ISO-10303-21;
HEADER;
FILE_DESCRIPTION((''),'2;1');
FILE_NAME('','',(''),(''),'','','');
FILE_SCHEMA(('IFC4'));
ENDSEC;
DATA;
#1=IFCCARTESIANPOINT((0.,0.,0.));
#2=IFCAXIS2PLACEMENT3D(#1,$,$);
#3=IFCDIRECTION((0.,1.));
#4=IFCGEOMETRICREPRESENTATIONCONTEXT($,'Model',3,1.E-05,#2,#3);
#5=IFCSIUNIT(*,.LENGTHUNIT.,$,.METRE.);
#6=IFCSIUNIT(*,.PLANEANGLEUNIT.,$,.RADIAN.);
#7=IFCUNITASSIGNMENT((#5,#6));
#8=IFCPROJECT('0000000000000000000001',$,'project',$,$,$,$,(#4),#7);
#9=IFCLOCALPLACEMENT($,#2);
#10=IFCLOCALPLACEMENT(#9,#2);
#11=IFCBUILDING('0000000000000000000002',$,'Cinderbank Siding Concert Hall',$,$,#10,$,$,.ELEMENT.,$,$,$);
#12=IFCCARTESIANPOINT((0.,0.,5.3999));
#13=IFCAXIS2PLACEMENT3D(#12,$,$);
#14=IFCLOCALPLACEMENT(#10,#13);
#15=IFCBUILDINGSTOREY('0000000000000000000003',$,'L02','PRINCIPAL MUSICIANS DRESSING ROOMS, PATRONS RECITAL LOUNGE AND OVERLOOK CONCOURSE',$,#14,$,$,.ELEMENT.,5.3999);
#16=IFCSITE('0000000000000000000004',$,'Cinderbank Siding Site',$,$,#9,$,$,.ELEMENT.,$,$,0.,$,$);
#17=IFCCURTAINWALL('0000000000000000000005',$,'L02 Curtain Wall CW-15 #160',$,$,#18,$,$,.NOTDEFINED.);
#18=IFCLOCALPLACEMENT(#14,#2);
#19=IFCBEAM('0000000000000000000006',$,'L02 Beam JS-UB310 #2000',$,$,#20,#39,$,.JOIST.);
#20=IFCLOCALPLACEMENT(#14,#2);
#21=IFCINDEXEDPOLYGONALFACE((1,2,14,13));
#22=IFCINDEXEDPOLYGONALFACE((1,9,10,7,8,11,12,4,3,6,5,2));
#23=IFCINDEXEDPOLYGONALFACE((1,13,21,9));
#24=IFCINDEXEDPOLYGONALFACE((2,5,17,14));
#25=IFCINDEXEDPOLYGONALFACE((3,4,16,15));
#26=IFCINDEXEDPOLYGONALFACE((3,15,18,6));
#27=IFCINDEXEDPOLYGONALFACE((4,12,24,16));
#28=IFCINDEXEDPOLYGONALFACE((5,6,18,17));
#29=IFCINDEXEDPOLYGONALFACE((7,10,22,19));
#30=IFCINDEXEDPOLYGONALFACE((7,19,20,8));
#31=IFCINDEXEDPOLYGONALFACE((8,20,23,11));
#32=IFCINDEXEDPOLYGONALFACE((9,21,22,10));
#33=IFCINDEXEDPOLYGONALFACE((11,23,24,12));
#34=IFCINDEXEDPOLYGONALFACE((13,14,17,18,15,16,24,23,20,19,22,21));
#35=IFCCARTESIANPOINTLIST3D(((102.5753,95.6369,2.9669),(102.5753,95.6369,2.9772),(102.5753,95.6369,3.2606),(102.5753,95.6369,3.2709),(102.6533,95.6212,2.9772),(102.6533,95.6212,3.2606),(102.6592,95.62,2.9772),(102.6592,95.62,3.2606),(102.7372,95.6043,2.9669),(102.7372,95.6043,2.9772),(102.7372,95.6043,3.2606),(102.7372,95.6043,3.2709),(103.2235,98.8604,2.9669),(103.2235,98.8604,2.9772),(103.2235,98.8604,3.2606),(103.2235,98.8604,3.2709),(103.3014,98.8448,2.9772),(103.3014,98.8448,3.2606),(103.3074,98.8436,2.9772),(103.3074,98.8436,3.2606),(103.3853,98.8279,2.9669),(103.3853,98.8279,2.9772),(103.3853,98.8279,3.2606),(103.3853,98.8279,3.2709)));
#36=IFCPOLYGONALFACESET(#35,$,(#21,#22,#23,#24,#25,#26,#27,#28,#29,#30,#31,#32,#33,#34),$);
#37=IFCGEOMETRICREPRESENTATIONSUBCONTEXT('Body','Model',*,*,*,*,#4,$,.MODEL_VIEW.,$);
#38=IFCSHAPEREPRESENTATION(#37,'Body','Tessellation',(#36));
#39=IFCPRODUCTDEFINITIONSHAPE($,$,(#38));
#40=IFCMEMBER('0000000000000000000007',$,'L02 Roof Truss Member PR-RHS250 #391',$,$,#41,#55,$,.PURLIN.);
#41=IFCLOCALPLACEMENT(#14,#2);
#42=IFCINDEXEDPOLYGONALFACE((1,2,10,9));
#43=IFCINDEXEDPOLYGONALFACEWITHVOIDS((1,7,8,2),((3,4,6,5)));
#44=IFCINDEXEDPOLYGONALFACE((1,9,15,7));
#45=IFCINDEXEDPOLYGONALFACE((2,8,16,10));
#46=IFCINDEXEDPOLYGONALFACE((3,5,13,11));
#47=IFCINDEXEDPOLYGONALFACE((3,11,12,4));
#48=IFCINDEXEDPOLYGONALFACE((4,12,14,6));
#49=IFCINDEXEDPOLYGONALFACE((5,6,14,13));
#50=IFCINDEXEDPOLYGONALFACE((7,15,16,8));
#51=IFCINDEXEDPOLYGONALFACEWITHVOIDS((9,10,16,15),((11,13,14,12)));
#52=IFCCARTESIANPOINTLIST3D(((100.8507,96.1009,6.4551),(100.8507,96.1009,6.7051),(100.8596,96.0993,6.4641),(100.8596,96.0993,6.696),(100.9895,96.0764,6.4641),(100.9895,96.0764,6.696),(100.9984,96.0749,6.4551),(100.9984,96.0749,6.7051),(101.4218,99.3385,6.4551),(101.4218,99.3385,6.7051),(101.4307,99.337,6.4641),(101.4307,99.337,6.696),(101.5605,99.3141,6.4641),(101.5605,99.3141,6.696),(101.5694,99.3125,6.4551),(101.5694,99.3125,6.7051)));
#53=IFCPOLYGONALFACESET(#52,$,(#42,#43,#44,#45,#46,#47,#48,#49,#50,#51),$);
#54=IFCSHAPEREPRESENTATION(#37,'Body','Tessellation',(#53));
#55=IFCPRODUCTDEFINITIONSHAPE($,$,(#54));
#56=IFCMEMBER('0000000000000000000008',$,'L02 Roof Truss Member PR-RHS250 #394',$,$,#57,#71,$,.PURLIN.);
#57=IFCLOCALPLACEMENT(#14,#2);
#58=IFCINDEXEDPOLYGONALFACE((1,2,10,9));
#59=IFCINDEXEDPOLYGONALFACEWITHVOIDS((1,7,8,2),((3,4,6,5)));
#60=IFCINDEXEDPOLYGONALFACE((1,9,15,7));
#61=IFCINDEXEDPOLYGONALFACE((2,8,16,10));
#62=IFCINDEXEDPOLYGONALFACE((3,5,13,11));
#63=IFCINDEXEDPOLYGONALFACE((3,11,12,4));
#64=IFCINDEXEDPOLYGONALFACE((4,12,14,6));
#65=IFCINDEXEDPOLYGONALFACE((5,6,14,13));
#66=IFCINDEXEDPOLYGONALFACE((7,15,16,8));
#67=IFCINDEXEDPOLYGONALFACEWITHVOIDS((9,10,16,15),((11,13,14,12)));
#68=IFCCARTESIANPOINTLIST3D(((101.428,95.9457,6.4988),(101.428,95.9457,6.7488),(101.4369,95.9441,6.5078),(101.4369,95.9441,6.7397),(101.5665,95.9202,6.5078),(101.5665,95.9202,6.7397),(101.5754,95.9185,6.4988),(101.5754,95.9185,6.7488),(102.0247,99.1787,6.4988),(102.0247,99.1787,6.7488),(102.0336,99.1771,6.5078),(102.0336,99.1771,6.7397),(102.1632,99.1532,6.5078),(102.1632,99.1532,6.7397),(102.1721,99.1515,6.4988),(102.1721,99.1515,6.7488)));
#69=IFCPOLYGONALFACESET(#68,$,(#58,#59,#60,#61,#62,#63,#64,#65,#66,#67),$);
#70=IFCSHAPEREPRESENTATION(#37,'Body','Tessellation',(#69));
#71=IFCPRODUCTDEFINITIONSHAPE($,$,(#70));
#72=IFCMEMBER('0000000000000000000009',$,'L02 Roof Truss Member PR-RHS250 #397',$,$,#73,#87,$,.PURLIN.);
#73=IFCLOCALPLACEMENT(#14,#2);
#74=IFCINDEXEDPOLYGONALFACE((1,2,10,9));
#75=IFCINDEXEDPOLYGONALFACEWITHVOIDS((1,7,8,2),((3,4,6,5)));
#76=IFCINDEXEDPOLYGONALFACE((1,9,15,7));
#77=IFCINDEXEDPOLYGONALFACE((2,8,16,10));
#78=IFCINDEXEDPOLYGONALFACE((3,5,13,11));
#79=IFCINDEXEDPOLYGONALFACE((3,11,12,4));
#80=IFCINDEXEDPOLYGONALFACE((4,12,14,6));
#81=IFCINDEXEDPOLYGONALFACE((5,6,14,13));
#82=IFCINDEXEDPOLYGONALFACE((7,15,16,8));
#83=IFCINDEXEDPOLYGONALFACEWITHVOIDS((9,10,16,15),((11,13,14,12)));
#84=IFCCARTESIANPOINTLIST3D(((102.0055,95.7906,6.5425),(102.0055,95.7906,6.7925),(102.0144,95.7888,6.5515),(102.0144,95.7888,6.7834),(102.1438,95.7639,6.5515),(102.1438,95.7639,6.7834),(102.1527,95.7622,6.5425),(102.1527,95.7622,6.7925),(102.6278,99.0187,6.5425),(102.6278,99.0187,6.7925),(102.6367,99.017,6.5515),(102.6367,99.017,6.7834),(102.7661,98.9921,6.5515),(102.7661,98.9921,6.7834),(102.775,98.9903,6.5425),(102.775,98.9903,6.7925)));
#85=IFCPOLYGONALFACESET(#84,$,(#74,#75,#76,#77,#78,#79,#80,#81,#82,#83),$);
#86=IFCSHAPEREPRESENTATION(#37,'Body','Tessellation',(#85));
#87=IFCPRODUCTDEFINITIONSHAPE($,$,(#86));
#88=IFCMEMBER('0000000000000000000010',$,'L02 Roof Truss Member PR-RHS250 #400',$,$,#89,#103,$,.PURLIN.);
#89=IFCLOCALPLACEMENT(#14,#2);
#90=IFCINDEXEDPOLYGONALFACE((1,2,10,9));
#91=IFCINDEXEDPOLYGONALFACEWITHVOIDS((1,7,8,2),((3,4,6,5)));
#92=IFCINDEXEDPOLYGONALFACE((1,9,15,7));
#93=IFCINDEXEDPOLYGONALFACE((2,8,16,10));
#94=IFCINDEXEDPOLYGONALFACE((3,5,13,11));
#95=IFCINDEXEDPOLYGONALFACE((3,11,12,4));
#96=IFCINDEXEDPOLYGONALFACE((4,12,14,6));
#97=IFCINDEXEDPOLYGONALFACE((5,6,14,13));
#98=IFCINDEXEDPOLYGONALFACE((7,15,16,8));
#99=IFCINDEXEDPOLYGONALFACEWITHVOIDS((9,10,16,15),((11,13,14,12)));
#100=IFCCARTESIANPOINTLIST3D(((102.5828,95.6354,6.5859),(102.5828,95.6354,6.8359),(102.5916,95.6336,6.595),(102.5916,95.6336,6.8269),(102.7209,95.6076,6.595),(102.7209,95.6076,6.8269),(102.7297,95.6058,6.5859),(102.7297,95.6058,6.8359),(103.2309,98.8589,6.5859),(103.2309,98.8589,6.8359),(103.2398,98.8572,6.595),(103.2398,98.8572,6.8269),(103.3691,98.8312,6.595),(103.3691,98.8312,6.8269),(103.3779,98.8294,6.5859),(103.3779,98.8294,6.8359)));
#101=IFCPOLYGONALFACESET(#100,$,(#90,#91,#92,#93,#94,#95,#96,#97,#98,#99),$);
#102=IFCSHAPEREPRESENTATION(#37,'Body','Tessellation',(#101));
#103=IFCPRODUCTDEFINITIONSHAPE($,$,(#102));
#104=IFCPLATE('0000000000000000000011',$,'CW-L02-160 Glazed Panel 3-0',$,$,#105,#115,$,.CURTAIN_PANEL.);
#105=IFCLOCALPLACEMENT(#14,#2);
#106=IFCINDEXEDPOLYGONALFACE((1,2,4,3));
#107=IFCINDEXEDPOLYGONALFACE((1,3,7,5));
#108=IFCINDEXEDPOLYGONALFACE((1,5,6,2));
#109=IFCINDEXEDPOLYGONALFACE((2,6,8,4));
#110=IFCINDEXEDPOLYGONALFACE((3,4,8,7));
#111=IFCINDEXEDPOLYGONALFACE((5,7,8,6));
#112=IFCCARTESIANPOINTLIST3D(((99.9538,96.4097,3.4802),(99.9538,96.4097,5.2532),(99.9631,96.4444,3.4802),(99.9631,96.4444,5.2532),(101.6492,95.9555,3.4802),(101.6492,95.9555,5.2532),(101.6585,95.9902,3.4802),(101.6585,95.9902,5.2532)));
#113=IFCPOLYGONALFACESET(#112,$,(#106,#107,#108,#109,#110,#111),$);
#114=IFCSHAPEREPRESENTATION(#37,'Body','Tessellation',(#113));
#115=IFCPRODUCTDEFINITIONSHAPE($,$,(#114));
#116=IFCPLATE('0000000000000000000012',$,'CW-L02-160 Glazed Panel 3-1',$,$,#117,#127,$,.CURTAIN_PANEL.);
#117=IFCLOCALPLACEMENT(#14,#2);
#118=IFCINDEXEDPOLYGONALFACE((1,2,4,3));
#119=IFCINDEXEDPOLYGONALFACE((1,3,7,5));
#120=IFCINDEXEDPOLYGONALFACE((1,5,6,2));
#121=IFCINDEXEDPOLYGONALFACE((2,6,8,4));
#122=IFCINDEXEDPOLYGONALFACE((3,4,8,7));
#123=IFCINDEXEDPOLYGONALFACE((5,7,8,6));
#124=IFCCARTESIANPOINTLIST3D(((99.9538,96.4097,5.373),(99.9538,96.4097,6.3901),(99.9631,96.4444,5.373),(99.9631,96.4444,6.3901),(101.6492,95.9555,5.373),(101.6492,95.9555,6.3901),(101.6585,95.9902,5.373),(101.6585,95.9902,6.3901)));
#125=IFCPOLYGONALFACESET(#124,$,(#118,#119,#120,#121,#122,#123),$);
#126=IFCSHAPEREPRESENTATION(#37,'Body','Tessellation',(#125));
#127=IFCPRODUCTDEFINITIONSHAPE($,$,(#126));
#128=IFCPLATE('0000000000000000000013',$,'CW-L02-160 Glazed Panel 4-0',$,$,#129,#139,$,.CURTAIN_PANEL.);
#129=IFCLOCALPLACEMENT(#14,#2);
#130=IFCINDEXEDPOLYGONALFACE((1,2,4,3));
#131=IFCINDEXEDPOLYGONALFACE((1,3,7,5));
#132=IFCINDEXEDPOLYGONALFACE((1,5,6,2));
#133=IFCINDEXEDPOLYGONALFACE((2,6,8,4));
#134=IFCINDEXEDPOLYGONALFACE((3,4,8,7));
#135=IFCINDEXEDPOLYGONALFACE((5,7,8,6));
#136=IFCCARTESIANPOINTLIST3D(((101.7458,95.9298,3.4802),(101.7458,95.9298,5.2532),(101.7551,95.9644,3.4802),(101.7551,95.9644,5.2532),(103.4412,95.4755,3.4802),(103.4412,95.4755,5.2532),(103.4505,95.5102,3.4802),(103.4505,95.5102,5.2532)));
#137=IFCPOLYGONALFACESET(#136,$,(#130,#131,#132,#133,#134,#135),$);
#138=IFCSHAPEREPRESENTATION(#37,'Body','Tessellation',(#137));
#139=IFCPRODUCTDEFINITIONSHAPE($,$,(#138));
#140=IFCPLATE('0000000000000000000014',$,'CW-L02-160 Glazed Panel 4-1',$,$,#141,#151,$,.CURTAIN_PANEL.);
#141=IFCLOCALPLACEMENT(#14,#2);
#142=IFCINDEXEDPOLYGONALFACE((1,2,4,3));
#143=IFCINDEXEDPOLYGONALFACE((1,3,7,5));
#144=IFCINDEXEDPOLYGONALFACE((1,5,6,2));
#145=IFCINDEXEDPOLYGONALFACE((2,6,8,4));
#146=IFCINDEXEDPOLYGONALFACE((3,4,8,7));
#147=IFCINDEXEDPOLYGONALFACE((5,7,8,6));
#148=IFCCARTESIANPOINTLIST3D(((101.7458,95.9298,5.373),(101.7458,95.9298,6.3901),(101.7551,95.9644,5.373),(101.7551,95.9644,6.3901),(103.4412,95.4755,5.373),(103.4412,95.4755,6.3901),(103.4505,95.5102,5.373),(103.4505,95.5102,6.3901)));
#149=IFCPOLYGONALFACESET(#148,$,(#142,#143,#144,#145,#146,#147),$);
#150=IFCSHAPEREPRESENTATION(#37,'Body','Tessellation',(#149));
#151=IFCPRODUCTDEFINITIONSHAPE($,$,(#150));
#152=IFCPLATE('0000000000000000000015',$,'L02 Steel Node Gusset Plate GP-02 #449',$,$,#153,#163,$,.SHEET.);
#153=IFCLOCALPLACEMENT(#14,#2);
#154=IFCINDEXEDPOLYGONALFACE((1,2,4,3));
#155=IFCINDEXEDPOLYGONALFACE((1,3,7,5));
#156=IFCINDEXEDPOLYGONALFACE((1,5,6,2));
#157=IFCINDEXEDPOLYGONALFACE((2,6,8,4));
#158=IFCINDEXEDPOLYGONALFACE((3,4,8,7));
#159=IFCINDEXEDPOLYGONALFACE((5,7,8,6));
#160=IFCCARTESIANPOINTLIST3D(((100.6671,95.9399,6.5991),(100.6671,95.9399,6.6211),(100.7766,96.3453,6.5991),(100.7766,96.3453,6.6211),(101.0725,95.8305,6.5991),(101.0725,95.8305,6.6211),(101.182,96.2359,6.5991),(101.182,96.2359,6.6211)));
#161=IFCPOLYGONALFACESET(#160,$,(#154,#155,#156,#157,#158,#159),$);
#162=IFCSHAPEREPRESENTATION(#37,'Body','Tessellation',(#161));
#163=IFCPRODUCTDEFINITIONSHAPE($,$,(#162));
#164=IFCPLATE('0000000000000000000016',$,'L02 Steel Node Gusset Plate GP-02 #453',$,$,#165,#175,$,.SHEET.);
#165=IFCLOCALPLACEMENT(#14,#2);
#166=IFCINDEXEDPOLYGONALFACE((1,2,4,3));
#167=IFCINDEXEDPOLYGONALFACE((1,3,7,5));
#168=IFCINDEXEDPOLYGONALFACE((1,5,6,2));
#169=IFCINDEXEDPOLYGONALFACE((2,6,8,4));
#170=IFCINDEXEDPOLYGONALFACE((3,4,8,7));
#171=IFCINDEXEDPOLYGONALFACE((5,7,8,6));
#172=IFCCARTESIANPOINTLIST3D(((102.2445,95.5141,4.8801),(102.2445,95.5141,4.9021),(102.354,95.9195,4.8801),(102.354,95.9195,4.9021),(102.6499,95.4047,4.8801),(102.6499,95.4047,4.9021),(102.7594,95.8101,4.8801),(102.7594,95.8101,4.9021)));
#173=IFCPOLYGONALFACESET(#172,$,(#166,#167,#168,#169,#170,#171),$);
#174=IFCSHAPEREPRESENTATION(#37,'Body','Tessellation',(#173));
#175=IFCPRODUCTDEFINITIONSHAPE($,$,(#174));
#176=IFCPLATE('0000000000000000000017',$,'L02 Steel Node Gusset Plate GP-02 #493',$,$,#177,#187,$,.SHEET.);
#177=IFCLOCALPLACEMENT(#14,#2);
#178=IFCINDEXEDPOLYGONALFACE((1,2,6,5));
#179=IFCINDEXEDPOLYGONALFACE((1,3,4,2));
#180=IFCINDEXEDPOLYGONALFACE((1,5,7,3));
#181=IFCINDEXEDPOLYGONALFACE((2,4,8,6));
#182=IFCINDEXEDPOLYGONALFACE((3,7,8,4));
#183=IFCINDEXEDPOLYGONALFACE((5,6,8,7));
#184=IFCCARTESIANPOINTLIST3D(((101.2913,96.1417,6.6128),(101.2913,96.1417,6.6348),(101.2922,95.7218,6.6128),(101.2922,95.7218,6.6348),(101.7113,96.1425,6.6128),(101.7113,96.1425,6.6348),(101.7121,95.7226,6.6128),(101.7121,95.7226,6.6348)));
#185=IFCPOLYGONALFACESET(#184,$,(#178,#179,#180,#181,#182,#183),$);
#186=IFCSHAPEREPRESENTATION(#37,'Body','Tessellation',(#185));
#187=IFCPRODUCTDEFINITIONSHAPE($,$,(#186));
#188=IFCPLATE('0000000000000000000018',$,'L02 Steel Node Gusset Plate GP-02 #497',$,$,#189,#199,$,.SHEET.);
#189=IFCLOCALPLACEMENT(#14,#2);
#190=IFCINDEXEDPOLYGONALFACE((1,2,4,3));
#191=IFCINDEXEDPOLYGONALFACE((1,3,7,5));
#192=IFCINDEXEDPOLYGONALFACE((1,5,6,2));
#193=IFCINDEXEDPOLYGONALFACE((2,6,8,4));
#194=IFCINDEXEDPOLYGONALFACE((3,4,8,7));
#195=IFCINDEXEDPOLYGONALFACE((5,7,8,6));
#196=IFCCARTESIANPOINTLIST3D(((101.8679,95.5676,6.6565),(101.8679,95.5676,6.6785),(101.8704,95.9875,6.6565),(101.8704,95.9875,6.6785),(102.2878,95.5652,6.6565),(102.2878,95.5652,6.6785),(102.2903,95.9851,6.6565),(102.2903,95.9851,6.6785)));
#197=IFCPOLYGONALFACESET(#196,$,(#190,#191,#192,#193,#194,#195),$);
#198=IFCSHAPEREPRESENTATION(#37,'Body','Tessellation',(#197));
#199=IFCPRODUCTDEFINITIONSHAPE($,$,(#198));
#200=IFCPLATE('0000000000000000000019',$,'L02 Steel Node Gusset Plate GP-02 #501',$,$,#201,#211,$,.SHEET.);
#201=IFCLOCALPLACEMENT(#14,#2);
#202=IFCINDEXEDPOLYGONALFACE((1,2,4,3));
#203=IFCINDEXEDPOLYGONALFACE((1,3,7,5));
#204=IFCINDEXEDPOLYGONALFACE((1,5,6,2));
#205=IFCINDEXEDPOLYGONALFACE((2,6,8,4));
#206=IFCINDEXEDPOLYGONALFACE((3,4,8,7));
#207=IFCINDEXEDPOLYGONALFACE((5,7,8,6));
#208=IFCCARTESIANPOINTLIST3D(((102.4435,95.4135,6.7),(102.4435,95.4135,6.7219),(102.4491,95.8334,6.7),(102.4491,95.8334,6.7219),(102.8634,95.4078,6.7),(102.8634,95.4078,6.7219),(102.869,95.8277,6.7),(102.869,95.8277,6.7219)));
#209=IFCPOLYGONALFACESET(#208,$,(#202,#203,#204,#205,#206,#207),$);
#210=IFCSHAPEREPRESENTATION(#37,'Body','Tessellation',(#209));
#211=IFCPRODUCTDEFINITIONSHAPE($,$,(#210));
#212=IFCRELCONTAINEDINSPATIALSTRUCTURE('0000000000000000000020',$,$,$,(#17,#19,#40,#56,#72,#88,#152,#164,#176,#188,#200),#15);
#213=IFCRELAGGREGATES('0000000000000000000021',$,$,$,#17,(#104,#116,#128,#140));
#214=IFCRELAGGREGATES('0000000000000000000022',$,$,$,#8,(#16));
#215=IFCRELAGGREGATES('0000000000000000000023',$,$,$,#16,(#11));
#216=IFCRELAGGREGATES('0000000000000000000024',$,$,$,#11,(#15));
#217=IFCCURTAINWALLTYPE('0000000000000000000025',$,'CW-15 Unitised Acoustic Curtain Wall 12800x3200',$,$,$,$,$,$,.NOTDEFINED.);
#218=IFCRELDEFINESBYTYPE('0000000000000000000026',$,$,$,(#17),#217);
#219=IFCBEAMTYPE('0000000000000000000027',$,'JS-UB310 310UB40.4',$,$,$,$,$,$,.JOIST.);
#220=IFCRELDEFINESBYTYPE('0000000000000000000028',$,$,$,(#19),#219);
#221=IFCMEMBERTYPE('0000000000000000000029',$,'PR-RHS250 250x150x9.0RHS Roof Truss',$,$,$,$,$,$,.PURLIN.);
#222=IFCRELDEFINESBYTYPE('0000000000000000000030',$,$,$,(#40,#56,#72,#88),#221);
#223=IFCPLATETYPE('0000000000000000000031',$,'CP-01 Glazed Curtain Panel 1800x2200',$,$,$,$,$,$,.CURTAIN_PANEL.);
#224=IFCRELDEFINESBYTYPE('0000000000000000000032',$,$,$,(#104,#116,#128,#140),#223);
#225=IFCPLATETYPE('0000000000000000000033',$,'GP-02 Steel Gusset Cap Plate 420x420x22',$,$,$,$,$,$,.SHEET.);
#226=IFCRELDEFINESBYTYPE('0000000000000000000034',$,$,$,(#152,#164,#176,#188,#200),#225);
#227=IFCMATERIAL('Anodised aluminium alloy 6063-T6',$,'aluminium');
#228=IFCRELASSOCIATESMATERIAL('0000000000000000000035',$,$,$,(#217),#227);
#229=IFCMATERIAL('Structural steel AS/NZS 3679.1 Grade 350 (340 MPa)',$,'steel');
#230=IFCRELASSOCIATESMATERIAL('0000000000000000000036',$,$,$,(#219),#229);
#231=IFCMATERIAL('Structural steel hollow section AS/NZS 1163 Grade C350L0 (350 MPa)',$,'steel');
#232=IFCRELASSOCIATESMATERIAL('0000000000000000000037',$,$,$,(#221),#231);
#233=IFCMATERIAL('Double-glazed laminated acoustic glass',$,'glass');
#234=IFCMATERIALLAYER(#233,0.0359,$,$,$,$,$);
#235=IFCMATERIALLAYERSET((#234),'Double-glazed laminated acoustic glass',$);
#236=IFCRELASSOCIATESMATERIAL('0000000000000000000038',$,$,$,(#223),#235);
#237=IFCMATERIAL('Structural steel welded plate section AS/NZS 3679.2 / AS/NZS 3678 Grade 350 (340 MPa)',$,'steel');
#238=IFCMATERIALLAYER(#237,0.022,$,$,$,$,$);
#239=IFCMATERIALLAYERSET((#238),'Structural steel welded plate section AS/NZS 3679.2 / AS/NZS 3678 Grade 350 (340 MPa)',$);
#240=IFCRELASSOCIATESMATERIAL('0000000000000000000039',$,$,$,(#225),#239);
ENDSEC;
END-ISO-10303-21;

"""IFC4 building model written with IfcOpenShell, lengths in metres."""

from ifc_helpers import new_model, si_unit, direction, frame, origin, origin_2d, place, context, subcontext, project, spatial, rectangle, hollow_rectangle, i_section, extrude, material, layer, layer_set, material_profile, profile_set, type_object, element, aggregate, save


model = new_model("IFC4")

# Units and contexts
model_context = context("Model", 3, precision=1e-05, world=origin(), true_north=direction((0.0, 1.0)))
body_context = subcontext(model_context, "Body", "Model", "MODEL_VIEW")
ifc_project = project(units=[si_unit("LENGTHUNIT", "METRE"), si_unit("PLANEANGLEUNIT", "RADIAN")], contexts=[model_context])

# Site, building, storey
site_placement = place(None, origin())
site = spatial("IfcSite", under=ifc_project, at=site_placement, Name="Cinderbank Siding Site", CompositionType="ELEMENT", RefElevation=0.0)
building_placement = place(site_placement, origin())
building = spatial("IfcBuilding", under=site, at=building_placement, Name="Cinderbank Siding Concert Hall", CompositionType="ELEMENT")
storey_placement = place(building_placement, frame((0.0, 0.0, 5.3999)))
storey = spatial("IfcBuildingStorey", under=building, at=storey_placement, Name="L02", Description="PRINCIPAL MUSICIANS DRESSING ROOMS, PATRONS RECITAL LOUNGE AND OVERLOOK CONCOURSE", CompositionType="ELEMENT", Elevation=5.3999)

# Shared definitions
ifc_material_1 = material(Name="Structural steel hollow section AS/NZS 1163 Grade C350L0 (350 MPa)", Category="steel")

# Curtain wall
ifc_material_2 = material(Name="Anodised aluminium alloy 6063-T6", Category="aluminium")
curtain_wall_type = type_object("IfcCurtainWallType", Name="CW-15 Unitised Acoustic Curtain Wall 12800x3200", PredefinedType="NOTDEFINED", material=ifc_material_2)
curtain_wall_placement = place(storey_placement, origin())
curtain_wall = element("IfcCurtainWall", 1, at=curtain_wall_placement, inside=storey, type_object=curtain_wall_type, Name="L02 Curtain Wall CW-15 #160", PredefinedType="NOTDEFINED")

# Beam
ifc_material_3 = material(Name="Structural steel AS/NZS 3679.1 Grade 350 (340 MPa)", Category="steel")
ifc_material_profile_1 = material_profile(ifc_material_3, i_section(OverallWidth=0.165, OverallDepth=0.304, WebThickness=0.0061, FlangeThickness=0.0103, at=origin_2d()), Name="310UB40.4", Category="LoadBearing")
ifc_profile_set_1 = profile_set([ifc_material_profile_1], Name="Structural steel AS/NZS 3679.1 Grade 350 (340 MPa)")
beam_type = type_object("IfcBeamType", Name="JS-UB310 310UB40.4", PredefinedType="JOIST", material=ifc_profile_set_1)
beam_placement = place(storey_placement, frame((102.6562, 95.6206, 3.1189), z_axis=(0.19713, 0.980377, 0.0), x_axis=(-0.980377, 0.19713, 0.0)))
element("IfcBeam", 2, at=beam_placement, inside=storey, type_object=beam_type, Name="L02 Beam JS-UB310 #2000", PredefinedType="JOIST", context=body_context, shape_type="SweptSolid", body=[
    extrude(i_section(OverallWidth=0.165, OverallDepth=0.304, WebThickness=0.0061, FlangeThickness=0.0103, at=origin_2d()), origin(), (0.0, 0.0, 1.0), 3.2881),
])

# Members
ifc_material_profile_2 = material_profile(ifc_material_1, hollow_rectangle(XDim=0.1499, YDim=0.25, WallThickness=0.009, at=origin_2d()), Name="250x150x9.0RHS", Category="LoadBearing")
ifc_profile_set_2 = profile_set([ifc_material_profile_2], Name="Structural steel hollow section AS/NZS 1163 Grade C350L0 (350 MPa)")
member_type_1 = type_object("IfcMemberType", Name="PR-RHS250 250x150x9.0RHS Roof Truss", PredefinedType="PURLIN", material=ifc_profile_set_2)
for number, where, z_axis, x_axis, name in (
    (3, (100.9246, 96.0879, 6.5801), (0.173701, 0.984799, 0.0), (-0.984799, 0.173701, 0.0), "L02 Roof Truss Member PR-RHS250 #391"),
    (4, (101.5017, 95.9321, 6.6238), (0.181499, 0.983391, 0.0), (-0.983391, 0.181499, 0.0), "L02 Roof Truss Member PR-RHS250 #394"),
    (5, (102.0791, 95.7764, 6.6675), (0.189285, 0.981922, 0.0), (-0.981922, 0.189285, 0.0), "L02 Roof Truss Member PR-RHS250 #397"),
):
    element("IfcMember", number, at=place(storey_placement, frame(where, z_axis=z_axis, x_axis=x_axis)), inside=storey, type_object=member_type_1, Name=name, PredefinedType="PURLIN", context=body_context, shape_type="SweptSolid", body=[
        extrude(hollow_rectangle(XDim=0.1499, YDim=0.25, WallThickness=0.009, at=origin_2d()), origin(), (0.0, 0.0, 1.0), 3.2876),
    ])
member_1_placement = place(storey_placement, frame((102.6562, 95.6206, 6.7109), z_axis=(0.19713, 0.980377, 0.0), x_axis=(-0.980377, 0.19713, 0.0)))
element("IfcMember", 6, at=member_1_placement, inside=storey, type_object=member_type_1, Name="L02 Roof Truss Member PR-RHS250 #400", PredefinedType="PURLIN", context=body_context, shape_type="SweptSolid", body=[
    extrude(hollow_rectangle(XDim=0.1499, YDim=0.25, WallThickness=0.009, at=origin_2d()), origin(), (0.0, 0.0, 1.0), 3.2881),
])

# Plates
ifc_material_4 = material(Name="Double-glazed laminated acoustic glass", Category="glass")
ifc_layer_1 = layer(ifc_material_4, 0.0359)
ifc_layer_set_1 = layer_set([ifc_layer_1], Name="Double-glazed laminated acoustic glass")
plate_type_1 = type_object("IfcPlateType", Name="CP-01 Glazed Curtain Panel 1800x2200", PredefinedType="CURTAIN_PANEL", material=ifc_layer_set_1)
plate_1_placement = place(storey_placement, frame((100.8062, 96.2, 3.4802), z_axis=(0.0, 0.0, 1.0), x_axis=(0.965926, -0.258818, 0.0)))
plate_1 = element("IfcPlate", 7, at=plate_1_placement, type_object=plate_type_1, Name="CW-L02-160 Glazed Panel 3-0", PredefinedType="CURTAIN_PANEL", context=body_context, shape_type="SweptSolid", body=[
    extrude(rectangle(XDim=1.7551, YDim=0.0359, at=origin_2d()), origin(), (0.0, 0.0, 1.0), 1.7729),
])
plate_2_placement = place(storey_placement, frame((100.8062, 96.2, 5.373), z_axis=(0.0, 0.0, 1.0), x_axis=(0.965926, -0.258818, 0.0)))
plate_2 = element("IfcPlate", 8, at=plate_2_placement, type_object=plate_type_1, Name="CW-L02-160 Glazed Panel 3-1", PredefinedType="CURTAIN_PANEL", context=body_context, shape_type="SweptSolid", body=[
    extrude(rectangle(XDim=1.7551, YDim=0.0359, at=origin_2d()), origin(), (0.0, 0.0, 1.0), 1.0171),
])
plate_3_placement = place(storey_placement, frame((102.5981, 95.72, 3.4802), z_axis=(0.0, 0.0, 1.0), x_axis=(0.965926, -0.258818, 0.0)))
plate_3 = element("IfcPlate", 9, at=plate_3_placement, type_object=plate_type_1, Name="CW-L02-160 Glazed Panel 4-0", PredefinedType="CURTAIN_PANEL", context=body_context, shape_type="SweptSolid", body=[
    extrude(rectangle(XDim=1.7551, YDim=0.0359, at=origin_2d()), origin(), (0.0, 0.0, 1.0), 1.7729),
])
plate_4_placement = place(storey_placement, frame((102.5981, 95.72, 5.373), z_axis=(0.0, 0.0, 1.0), x_axis=(0.965926, -0.258818, 0.0)))
plate_4 = element("IfcPlate", 10, at=plate_4_placement, type_object=plate_type_1, Name="CW-L02-160 Glazed Panel 4-1", PredefinedType="CURTAIN_PANEL", context=body_context, shape_type="SweptSolid", body=[
    extrude(rectangle(XDim=1.7551, YDim=0.0359, at=origin_2d()), origin(), (0.0, 0.0, 1.0), 1.0171),
])
aggregate(curtain_wall, [plate_1, plate_2, plate_3, plate_4])

# Plates
ifc_material_5 = material(Name="Structural steel welded plate section AS/NZS 3679.2 / AS/NZS 3678 Grade 350 (340 MPa)", Category="steel")
ifc_layer_2 = layer(ifc_material_5, 0.022)
ifc_layer_set_2 = layer_set([ifc_layer_2], Name="Structural steel welded plate section AS/NZS 3679.2 / AS/NZS 3678 Grade 350 (340 MPa)")
plate_type_2 = type_object("IfcPlateType", Name="GP-02 Steel Gusset Cap Plate 420x420x22", PredefinedType="SHEET", material=ifc_layer_set_2)
for number, where, z_axis, x_axis, name in (
    (11, (100.9246, 96.0879, 6.5991), (0.0, 0.0, 1.0), (0.965427, -0.260673, 0.0), "L02 Steel Node Gusset Plate GP-02 #449"),
    (12, (102.502, 95.6621, 4.8801), (0.0, 0.0, 1.0), (0.965427, -0.260673, 0.0), "L02 Steel Node Gusset Plate GP-02 #453"),
    (13, (101.5017, 95.9321, 6.6128), (0.0, 0.0, 1.0), (0.00192, -0.999998, 0.0), "L02 Steel Node Gusset Plate GP-02 #493"),
    (14, (102.0791, 95.7764, 6.6565), (0.0, 0.0, 1.0), (-0.00576, -0.999983, 0.0), "L02 Steel Node Gusset Plate GP-02 #497"),
    (15, (102.6562, 95.6206, 6.7), (0.0, 0.0, 1.0), (-0.013439, -0.99991, 0.0), "L02 Steel Node Gusset Plate GP-02 #501"),
):
    element("IfcPlate", number, at=place(storey_placement, frame(where, z_axis=z_axis, x_axis=x_axis)), inside=storey, type_object=plate_type_2, Name=name, PredefinedType="SHEET", context=body_context, shape_type="SweptSolid", body=[
        extrude(rectangle(XDim=0.4199, YDim=0.4199, at=origin_2d()), origin(), (0.0, 0.0, 1.0), 0.022),
    ])

save(model, "model.ifc")
